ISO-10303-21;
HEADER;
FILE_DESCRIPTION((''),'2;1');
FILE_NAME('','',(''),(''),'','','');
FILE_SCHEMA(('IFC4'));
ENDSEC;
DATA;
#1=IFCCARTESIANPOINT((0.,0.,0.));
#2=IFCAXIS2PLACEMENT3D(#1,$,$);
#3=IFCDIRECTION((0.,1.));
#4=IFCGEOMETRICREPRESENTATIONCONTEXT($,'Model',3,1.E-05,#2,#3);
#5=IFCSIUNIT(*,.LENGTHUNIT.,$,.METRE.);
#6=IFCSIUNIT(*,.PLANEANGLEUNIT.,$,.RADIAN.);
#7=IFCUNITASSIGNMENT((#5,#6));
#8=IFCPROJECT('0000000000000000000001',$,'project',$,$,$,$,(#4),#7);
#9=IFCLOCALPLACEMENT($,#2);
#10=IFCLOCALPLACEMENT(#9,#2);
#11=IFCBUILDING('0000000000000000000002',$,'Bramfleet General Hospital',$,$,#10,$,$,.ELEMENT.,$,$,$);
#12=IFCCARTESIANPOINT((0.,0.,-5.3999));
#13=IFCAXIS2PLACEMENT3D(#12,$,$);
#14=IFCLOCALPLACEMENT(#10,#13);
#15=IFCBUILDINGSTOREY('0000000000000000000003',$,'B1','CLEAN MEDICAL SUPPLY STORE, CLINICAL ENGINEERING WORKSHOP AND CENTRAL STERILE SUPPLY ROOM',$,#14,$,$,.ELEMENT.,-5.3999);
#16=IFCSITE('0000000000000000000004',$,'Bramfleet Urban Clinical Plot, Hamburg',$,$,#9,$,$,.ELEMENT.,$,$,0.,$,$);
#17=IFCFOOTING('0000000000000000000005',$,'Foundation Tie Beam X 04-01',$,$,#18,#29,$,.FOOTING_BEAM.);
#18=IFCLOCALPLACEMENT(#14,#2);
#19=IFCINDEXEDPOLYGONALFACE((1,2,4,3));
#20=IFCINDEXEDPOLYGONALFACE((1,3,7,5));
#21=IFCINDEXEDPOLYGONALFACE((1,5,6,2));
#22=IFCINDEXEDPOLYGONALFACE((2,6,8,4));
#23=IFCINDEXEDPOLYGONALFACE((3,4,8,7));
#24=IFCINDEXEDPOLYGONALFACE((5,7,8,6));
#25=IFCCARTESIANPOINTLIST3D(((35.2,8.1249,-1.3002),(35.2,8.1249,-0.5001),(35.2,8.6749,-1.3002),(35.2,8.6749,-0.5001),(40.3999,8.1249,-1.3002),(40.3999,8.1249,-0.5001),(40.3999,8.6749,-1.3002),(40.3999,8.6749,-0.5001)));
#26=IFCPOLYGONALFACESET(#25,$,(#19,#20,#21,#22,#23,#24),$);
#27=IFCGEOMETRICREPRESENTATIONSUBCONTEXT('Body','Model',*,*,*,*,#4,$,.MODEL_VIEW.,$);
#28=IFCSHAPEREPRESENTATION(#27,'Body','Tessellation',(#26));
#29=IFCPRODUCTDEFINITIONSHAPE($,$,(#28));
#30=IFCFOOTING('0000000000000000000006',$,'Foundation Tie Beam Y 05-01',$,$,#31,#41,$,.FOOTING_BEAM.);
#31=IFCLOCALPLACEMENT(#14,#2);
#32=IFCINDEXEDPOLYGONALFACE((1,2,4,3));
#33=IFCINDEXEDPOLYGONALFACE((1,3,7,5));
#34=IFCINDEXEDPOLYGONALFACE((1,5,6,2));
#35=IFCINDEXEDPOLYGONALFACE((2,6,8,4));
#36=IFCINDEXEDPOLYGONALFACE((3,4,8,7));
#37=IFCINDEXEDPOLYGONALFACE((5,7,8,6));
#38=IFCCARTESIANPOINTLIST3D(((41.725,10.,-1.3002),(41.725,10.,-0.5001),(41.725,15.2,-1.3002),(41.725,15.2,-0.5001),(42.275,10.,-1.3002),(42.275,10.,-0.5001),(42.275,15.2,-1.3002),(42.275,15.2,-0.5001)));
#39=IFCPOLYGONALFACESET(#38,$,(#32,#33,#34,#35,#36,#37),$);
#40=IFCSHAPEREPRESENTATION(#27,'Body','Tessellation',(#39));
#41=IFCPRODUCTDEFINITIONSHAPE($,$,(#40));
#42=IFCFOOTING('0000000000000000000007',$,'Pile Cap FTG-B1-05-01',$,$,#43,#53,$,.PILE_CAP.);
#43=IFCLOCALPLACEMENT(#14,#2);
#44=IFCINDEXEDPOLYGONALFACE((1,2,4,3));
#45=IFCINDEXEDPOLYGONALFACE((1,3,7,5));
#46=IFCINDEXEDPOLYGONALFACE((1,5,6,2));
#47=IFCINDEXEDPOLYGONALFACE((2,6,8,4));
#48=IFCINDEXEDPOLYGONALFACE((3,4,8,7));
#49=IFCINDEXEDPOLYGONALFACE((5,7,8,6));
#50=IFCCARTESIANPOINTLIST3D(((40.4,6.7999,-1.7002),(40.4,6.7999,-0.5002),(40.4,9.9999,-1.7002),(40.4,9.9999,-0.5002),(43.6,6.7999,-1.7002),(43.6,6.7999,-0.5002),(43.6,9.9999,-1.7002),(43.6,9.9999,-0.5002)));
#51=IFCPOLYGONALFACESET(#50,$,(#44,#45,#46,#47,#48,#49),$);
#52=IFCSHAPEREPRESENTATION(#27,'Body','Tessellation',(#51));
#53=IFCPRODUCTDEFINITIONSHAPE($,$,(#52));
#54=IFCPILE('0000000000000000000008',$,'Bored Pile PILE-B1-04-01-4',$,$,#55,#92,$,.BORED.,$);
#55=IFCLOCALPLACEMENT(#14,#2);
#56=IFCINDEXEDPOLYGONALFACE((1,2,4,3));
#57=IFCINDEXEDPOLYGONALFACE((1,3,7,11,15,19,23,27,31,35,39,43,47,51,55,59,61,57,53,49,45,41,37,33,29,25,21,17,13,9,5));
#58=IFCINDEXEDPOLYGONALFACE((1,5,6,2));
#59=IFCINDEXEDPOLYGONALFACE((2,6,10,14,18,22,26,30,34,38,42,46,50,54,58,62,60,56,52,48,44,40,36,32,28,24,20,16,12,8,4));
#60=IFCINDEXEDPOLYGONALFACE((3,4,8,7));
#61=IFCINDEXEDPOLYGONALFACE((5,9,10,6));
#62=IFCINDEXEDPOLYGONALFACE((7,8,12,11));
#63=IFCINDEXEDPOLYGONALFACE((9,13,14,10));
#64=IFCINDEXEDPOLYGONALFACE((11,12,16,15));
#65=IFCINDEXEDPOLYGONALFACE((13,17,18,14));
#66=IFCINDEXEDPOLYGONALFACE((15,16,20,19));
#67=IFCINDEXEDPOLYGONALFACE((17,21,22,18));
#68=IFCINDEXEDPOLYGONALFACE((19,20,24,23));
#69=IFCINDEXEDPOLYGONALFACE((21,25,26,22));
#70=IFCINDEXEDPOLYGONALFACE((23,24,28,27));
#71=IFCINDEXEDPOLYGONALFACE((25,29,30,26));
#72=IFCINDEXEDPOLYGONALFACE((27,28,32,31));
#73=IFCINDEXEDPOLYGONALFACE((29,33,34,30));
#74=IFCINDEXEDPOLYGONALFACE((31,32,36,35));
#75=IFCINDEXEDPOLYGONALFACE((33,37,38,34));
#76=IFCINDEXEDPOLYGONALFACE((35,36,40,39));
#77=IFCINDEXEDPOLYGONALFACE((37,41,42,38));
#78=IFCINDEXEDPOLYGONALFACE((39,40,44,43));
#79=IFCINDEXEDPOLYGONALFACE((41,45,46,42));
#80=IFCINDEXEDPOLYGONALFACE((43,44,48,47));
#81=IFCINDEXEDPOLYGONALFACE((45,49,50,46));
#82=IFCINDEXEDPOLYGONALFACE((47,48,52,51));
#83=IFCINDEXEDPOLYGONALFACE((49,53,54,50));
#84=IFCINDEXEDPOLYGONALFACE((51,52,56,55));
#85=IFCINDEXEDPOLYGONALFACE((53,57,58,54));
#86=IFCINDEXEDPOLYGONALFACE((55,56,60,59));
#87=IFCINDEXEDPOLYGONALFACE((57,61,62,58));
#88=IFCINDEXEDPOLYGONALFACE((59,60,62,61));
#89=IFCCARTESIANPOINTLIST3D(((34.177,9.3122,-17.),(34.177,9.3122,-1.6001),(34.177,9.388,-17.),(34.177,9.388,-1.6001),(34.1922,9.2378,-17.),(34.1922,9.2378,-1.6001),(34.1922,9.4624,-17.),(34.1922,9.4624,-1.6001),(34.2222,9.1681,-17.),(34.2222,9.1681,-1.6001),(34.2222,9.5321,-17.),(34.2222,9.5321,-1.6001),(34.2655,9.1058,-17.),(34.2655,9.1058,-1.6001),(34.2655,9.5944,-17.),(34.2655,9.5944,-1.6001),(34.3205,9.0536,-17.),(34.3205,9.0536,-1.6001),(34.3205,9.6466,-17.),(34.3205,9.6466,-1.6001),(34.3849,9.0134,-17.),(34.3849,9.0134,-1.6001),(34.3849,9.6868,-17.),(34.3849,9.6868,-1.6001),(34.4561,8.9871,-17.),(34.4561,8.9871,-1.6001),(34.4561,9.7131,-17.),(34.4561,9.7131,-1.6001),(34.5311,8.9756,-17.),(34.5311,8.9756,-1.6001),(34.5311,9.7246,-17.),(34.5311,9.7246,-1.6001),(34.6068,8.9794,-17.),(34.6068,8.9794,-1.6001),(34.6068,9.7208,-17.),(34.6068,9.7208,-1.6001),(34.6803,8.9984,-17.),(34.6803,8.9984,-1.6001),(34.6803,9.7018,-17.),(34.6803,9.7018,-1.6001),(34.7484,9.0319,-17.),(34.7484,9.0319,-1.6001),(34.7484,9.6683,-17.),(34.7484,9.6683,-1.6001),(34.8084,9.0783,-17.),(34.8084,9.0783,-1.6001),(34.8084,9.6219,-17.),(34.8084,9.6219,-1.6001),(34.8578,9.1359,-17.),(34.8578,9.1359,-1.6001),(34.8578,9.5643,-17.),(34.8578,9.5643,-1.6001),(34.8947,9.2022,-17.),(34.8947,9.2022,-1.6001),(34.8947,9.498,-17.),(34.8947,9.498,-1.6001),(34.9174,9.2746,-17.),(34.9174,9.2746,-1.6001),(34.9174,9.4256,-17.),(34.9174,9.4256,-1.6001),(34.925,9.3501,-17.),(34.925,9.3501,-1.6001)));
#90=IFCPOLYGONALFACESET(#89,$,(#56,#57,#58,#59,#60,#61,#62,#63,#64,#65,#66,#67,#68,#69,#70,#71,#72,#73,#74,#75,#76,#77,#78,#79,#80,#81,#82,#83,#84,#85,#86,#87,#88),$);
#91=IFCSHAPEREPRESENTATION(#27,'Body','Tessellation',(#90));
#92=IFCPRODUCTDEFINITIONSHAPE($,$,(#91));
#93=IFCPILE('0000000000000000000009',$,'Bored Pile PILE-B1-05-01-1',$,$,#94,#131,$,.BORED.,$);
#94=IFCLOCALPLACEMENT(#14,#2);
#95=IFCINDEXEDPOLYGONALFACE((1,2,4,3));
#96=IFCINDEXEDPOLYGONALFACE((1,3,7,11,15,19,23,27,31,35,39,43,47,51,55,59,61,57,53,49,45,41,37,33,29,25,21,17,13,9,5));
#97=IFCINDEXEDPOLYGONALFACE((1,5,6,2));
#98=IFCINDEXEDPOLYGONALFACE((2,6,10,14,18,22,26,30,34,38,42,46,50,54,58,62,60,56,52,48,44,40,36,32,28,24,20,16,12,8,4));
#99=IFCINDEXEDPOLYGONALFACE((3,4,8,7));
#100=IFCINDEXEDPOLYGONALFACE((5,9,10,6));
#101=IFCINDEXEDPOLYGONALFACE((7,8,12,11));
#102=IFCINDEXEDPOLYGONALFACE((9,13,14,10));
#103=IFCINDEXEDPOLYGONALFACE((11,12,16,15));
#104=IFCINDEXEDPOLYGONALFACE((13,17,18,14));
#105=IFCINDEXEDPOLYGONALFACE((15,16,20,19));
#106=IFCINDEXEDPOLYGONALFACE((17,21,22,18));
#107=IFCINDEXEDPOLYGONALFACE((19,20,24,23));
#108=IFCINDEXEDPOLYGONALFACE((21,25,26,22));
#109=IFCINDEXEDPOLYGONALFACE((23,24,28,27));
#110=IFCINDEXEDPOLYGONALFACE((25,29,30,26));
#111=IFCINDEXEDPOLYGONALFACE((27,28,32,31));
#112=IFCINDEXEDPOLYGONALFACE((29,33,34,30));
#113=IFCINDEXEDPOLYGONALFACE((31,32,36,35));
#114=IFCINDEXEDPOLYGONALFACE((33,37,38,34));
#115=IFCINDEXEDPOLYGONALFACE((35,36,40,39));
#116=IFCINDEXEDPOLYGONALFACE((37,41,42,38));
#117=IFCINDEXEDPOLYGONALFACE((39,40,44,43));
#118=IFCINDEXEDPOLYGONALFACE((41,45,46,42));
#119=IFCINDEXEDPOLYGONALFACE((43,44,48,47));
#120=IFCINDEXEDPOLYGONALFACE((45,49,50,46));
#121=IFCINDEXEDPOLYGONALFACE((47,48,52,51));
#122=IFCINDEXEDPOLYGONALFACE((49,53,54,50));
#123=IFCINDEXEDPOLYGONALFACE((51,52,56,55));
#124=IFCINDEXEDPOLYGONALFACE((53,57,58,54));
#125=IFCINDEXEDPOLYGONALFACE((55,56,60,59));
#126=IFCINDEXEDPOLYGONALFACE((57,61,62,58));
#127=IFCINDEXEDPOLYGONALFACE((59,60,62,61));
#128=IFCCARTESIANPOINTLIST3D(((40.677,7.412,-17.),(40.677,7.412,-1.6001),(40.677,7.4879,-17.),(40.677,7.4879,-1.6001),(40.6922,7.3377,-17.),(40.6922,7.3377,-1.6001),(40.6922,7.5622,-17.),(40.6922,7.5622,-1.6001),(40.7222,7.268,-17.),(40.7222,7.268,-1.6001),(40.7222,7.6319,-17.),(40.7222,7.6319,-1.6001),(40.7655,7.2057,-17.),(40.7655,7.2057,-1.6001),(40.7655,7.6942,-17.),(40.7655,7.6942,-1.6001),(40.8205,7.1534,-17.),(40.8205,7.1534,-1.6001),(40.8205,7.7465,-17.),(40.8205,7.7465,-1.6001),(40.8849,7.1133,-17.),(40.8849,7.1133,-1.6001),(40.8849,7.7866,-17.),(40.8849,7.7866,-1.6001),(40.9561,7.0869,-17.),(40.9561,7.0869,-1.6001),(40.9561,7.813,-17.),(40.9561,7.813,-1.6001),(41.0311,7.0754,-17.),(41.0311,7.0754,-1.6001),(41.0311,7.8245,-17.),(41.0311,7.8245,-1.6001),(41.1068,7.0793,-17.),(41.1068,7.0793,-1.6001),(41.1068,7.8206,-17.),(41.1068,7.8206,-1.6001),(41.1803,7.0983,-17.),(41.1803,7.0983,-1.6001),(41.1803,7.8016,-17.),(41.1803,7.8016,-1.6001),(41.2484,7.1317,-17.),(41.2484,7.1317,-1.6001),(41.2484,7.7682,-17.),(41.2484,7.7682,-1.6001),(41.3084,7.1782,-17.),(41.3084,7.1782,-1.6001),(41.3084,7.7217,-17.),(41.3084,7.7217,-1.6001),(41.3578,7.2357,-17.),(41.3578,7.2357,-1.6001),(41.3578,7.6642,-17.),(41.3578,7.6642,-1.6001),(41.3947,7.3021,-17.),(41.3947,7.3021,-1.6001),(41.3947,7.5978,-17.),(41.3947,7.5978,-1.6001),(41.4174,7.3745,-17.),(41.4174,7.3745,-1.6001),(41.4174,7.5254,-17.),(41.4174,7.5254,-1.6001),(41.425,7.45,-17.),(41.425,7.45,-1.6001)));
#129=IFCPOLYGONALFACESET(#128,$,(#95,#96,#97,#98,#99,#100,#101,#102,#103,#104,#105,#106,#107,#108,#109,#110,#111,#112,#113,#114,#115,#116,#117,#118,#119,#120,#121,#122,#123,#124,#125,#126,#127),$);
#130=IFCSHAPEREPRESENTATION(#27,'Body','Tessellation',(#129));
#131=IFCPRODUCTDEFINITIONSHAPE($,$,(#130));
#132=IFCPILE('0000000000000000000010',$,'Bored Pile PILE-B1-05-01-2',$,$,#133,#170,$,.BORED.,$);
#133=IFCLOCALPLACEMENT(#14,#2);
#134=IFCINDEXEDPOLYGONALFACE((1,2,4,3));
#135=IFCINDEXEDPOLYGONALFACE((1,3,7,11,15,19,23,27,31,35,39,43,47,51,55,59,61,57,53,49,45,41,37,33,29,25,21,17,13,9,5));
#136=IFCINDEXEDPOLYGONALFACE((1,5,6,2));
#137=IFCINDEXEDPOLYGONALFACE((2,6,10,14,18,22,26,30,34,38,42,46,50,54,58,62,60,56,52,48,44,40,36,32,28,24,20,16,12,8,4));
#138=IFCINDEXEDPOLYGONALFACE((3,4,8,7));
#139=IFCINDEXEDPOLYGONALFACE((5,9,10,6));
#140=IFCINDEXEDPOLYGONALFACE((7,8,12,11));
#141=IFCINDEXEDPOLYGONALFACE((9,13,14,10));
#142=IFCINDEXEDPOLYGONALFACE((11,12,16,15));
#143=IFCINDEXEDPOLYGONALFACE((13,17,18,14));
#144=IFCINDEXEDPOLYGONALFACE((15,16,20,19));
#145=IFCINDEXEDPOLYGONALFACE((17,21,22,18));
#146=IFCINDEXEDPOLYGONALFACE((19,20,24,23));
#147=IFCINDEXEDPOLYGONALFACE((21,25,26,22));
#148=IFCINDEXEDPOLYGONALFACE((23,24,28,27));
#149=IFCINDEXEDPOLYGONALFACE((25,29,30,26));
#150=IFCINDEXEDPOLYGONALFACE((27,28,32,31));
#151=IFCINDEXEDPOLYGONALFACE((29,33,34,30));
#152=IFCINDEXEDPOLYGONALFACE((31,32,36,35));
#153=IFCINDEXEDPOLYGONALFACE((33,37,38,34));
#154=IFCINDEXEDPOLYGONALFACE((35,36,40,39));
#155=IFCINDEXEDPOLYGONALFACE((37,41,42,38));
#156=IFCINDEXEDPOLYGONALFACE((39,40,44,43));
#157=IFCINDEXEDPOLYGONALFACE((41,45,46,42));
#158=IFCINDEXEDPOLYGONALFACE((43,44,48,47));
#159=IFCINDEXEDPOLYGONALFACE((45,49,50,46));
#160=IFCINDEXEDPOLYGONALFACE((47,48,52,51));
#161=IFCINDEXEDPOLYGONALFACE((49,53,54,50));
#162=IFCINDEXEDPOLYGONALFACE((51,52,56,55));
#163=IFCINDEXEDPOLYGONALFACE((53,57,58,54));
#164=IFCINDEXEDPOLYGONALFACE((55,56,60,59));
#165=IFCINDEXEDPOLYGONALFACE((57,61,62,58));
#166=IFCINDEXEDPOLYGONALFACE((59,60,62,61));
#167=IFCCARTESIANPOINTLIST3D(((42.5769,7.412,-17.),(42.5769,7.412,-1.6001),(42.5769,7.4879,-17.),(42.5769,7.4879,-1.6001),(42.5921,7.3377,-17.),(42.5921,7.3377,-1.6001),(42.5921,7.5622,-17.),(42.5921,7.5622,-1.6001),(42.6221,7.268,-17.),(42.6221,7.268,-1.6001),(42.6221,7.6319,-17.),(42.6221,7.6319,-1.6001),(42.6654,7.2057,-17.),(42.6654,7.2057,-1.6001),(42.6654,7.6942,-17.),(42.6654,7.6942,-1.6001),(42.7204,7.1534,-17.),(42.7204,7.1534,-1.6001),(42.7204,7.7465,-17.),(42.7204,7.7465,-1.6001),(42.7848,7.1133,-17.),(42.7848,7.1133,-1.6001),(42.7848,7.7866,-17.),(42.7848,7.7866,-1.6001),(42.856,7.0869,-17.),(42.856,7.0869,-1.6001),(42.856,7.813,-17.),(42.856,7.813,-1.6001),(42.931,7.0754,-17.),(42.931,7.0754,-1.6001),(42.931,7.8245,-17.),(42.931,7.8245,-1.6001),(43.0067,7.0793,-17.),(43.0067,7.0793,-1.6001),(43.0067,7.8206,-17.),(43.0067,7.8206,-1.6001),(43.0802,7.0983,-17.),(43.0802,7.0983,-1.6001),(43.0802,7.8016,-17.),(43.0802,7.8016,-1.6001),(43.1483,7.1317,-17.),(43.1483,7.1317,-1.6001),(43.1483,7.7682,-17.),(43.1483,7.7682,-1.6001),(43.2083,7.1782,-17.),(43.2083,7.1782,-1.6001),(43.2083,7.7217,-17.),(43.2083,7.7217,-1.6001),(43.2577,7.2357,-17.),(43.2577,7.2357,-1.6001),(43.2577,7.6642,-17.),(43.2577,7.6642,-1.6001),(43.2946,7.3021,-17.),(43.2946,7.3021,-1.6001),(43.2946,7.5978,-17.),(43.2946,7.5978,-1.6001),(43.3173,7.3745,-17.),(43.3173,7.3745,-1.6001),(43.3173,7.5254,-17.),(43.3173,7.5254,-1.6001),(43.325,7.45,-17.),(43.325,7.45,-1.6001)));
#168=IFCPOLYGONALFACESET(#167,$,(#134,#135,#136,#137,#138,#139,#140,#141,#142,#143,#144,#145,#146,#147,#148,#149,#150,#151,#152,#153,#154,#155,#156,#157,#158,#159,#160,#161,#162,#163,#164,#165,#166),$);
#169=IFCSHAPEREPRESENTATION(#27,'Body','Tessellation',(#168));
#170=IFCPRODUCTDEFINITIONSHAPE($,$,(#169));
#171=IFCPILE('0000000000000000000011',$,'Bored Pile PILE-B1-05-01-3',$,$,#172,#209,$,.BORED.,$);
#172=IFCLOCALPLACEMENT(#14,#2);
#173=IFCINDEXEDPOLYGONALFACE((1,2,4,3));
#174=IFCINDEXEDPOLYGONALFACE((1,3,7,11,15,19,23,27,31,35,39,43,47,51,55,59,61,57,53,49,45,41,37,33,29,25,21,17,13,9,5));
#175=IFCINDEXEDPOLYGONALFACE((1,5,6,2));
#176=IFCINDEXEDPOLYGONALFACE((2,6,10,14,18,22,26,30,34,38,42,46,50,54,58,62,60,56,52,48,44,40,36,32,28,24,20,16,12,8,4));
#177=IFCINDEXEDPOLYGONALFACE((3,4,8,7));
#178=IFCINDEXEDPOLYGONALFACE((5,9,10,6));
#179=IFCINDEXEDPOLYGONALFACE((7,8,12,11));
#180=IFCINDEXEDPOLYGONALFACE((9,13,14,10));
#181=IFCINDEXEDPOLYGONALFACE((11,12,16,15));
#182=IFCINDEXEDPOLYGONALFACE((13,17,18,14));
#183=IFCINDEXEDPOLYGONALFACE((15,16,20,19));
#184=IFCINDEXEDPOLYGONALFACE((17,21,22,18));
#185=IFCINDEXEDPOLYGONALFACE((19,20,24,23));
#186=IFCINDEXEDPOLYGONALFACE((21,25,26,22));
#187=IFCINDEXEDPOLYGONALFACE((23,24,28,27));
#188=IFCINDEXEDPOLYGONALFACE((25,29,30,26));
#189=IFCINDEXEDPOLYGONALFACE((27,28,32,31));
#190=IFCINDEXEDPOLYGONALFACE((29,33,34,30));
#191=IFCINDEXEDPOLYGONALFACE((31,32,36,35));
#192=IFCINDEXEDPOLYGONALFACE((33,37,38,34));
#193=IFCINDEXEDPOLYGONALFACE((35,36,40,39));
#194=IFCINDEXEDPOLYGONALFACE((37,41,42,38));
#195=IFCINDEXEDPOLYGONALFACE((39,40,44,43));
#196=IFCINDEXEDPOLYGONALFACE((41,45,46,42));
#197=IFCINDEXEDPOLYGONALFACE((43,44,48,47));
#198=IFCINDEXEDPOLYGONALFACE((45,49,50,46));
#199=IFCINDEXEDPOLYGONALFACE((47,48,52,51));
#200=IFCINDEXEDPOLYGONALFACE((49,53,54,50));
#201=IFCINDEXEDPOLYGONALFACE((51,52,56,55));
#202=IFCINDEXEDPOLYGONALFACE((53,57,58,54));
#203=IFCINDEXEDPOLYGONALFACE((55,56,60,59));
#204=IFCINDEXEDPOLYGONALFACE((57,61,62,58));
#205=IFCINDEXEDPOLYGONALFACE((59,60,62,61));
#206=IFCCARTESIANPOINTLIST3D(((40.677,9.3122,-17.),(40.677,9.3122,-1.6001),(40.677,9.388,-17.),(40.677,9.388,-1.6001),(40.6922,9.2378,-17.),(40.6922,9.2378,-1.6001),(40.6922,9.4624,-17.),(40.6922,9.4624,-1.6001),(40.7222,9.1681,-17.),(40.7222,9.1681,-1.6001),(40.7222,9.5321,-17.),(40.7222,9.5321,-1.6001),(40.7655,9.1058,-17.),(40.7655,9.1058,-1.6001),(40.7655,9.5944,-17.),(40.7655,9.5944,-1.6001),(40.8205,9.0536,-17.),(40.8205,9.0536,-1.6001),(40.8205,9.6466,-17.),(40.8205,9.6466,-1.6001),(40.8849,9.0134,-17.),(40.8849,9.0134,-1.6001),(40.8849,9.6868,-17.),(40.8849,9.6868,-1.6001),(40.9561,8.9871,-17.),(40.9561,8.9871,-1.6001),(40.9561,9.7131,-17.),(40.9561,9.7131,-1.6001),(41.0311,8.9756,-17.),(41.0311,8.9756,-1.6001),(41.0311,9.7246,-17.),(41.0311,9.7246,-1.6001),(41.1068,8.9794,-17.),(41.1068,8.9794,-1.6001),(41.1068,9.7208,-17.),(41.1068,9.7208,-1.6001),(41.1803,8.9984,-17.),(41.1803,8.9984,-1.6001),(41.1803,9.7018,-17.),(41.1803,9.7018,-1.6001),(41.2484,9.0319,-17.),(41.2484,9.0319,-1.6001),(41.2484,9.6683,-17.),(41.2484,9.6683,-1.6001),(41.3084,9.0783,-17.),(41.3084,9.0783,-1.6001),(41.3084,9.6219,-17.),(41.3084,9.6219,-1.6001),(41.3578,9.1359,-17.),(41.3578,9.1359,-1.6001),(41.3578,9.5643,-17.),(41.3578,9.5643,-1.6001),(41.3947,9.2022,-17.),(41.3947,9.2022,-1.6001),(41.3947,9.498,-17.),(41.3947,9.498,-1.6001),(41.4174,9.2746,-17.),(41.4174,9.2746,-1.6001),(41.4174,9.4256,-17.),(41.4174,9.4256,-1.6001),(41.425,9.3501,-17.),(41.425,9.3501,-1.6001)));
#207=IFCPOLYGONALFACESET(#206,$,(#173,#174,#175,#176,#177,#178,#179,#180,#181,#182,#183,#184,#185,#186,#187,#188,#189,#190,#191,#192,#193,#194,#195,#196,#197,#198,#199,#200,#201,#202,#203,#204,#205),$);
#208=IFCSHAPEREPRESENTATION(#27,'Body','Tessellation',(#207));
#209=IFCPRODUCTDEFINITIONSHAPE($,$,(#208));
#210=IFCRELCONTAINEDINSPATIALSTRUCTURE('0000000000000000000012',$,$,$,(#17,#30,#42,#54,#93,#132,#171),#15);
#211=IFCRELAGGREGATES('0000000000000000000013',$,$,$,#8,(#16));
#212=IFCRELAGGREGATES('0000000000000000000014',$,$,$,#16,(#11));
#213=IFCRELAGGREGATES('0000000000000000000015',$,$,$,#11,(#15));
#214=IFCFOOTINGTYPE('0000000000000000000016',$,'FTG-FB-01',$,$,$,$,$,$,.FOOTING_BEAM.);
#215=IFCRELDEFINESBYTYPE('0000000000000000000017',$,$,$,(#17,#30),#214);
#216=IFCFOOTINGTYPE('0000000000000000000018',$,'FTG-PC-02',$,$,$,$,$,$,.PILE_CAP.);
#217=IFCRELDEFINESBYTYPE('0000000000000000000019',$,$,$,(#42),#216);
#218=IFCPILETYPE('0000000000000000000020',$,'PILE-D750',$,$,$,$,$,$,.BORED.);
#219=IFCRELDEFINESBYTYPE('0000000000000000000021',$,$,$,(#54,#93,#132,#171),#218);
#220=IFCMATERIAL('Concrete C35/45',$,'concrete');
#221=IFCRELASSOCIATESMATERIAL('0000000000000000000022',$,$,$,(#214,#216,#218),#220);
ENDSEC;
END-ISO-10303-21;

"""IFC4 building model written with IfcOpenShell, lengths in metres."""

from ifc_helpers import new_model, si_unit, direction, frame, origin, origin_2d, place, context, subcontext, project, spatial, rectangle, circle, extrude, material, material_profile, profile_set, type_object, element, save


model = new_model("IFC4")

# Units and contexts
model_context = context("Model", 3, precision=1e-05, world=origin(), true_north=direction((0.0, 1.0)))
body_context = subcontext(model_context, "Body", "Model", "MODEL_VIEW")
ifc_project = project(units=[si_unit("LENGTHUNIT", "METRE"), si_unit("PLANEANGLEUNIT", "RADIAN")], contexts=[model_context])

# Site, building, storey
site_placement = place(None, origin())
site = spatial("IfcSite", under=ifc_project, at=site_placement, Name="Bramfleet Urban Clinical Plot, Hamburg", CompositionType="ELEMENT", RefElevation=0.0)
building_placement = place(site_placement, origin())
building = spatial("IfcBuilding", under=site, at=building_placement, Name="Bramfleet General Hospital", CompositionType="ELEMENT")
storey_placement = place(building_placement, frame((0.0, 0.0, -5.3999)))
storey = spatial("IfcBuildingStorey", under=building, at=storey_placement, Name="B1", Description="CLEAN MEDICAL SUPPLY STORE, CLINICAL ENGINEERING WORKSHOP AND CENTRAL STERILE SUPPLY ROOM", CompositionType="ELEMENT", Elevation=-5.3999)

# Footings
ifc_material_1 = material(Name="Concrete C35/45", Category="concrete")
ifc_material_profile_1 = material_profile(ifc_material_1, rectangle(XDim=0.55, YDim=0.8, at=origin_2d()), Name="RC FB 800x550")
ifc_profile_set_1 = profile_set([ifc_material_profile_1], Name="Concrete C35/45")
footing_type_1 = type_object("IfcFootingType", Name="FTG-FB-01", PredefinedType="FOOTING_BEAM", material=ifc_profile_set_1)
for number, where, z_axis, x_axis, name in (
    (1, (35.2, 8.3999, -0.9001), (1.0, 0.0, 0.0), (0.0, 1.0, 0.0), "Foundation Tie Beam X 04-01"),
    (2, (42.0, 10.0, -0.9001), (0.0, 1.0, 0.0), (-1.0, 0.0, 0.0), "Foundation Tie Beam Y 05-01"),
):
    element("IfcFooting", number, at=place(storey_placement, frame(where, z_axis=z_axis, x_axis=x_axis)), inside=storey, type_object=footing_type_1, Name=name, PredefinedType="FOOTING_BEAM", context=body_context, shape_type="SweptSolid", body=[
        extrude(rectangle(XDim=0.55, YDim=0.8, at=origin_2d()), origin(), (0.0, 0.0, 1.0), 5.2),
    ])
footing_type_2 = type_object("IfcFootingType", Name="FTG-PC-02", PredefinedType="PILE_CAP", material=ifc_material_1)
footing_placement = place(storey_placement, frame((42.0, 8.3999, -1.7002), z_axis=(0.0, 0.0, 1.0), x_axis=(1.0, 0.0, 0.0)))
element("IfcFooting", 3, at=footing_placement, inside=storey, type_object=footing_type_2, Name="Pile Cap FTG-B1-05-01", PredefinedType="PILE_CAP", context=body_context, shape_type="SweptSolid", body=[
    extrude(rectangle(XDim=3.2, YDim=3.2, at=origin_2d()), origin(), (0.0, 0.0, 1.0), 1.2),
])

# Piles
ifc_material_profile_2 = material_profile(ifc_material_1, circle(Radius=0.375, at=origin_2d()), Name="PILE BORED D750")
ifc_profile_set_2 = profile_set([ifc_material_profile_2], Name="Concrete C35/45")
pile_type = type_object("IfcPileType", Name="PILE-D750", PredefinedType="BORED", material=ifc_profile_set_2)
for number, where, z_axis, x_axis, name in (
    (4, (34.55, 9.3501, -1.6001), (0.0, 0.0, -1.0), (1.0, 0.0, 0.0), "Bored Pile PILE-B1-04-01-4"),
    (5, (41.05, 7.45, -1.6001), (0.0, 0.0, -1.0), (1.0, 0.0, 0.0), "Bored Pile PILE-B1-05-01-1"),
    (6, (42.95, 7.45, -1.6001), (0.0, 0.0, -1.0), (1.0, 0.0, 0.0), "Bored Pile PILE-B1-05-01-2"),
    (7, (41.05, 9.3501, -1.6001), (0.0, 0.0, -1.0), (1.0, 0.0, 0.0), "Bored Pile PILE-B1-05-01-3"),
):
    element("IfcPile", number, at=place(storey_placement, frame(where, z_axis=z_axis, x_axis=x_axis)), inside=storey, type_object=pile_type, Name=name, PredefinedType="BORED", context=body_context, shape_type="SweptSolid", body=[
        extrude(circle(Radius=0.375, at=origin_2d()), origin(), (0.0, 0.0, 1.0), 15.3999),
    ])

save(model, "model.ifc")
